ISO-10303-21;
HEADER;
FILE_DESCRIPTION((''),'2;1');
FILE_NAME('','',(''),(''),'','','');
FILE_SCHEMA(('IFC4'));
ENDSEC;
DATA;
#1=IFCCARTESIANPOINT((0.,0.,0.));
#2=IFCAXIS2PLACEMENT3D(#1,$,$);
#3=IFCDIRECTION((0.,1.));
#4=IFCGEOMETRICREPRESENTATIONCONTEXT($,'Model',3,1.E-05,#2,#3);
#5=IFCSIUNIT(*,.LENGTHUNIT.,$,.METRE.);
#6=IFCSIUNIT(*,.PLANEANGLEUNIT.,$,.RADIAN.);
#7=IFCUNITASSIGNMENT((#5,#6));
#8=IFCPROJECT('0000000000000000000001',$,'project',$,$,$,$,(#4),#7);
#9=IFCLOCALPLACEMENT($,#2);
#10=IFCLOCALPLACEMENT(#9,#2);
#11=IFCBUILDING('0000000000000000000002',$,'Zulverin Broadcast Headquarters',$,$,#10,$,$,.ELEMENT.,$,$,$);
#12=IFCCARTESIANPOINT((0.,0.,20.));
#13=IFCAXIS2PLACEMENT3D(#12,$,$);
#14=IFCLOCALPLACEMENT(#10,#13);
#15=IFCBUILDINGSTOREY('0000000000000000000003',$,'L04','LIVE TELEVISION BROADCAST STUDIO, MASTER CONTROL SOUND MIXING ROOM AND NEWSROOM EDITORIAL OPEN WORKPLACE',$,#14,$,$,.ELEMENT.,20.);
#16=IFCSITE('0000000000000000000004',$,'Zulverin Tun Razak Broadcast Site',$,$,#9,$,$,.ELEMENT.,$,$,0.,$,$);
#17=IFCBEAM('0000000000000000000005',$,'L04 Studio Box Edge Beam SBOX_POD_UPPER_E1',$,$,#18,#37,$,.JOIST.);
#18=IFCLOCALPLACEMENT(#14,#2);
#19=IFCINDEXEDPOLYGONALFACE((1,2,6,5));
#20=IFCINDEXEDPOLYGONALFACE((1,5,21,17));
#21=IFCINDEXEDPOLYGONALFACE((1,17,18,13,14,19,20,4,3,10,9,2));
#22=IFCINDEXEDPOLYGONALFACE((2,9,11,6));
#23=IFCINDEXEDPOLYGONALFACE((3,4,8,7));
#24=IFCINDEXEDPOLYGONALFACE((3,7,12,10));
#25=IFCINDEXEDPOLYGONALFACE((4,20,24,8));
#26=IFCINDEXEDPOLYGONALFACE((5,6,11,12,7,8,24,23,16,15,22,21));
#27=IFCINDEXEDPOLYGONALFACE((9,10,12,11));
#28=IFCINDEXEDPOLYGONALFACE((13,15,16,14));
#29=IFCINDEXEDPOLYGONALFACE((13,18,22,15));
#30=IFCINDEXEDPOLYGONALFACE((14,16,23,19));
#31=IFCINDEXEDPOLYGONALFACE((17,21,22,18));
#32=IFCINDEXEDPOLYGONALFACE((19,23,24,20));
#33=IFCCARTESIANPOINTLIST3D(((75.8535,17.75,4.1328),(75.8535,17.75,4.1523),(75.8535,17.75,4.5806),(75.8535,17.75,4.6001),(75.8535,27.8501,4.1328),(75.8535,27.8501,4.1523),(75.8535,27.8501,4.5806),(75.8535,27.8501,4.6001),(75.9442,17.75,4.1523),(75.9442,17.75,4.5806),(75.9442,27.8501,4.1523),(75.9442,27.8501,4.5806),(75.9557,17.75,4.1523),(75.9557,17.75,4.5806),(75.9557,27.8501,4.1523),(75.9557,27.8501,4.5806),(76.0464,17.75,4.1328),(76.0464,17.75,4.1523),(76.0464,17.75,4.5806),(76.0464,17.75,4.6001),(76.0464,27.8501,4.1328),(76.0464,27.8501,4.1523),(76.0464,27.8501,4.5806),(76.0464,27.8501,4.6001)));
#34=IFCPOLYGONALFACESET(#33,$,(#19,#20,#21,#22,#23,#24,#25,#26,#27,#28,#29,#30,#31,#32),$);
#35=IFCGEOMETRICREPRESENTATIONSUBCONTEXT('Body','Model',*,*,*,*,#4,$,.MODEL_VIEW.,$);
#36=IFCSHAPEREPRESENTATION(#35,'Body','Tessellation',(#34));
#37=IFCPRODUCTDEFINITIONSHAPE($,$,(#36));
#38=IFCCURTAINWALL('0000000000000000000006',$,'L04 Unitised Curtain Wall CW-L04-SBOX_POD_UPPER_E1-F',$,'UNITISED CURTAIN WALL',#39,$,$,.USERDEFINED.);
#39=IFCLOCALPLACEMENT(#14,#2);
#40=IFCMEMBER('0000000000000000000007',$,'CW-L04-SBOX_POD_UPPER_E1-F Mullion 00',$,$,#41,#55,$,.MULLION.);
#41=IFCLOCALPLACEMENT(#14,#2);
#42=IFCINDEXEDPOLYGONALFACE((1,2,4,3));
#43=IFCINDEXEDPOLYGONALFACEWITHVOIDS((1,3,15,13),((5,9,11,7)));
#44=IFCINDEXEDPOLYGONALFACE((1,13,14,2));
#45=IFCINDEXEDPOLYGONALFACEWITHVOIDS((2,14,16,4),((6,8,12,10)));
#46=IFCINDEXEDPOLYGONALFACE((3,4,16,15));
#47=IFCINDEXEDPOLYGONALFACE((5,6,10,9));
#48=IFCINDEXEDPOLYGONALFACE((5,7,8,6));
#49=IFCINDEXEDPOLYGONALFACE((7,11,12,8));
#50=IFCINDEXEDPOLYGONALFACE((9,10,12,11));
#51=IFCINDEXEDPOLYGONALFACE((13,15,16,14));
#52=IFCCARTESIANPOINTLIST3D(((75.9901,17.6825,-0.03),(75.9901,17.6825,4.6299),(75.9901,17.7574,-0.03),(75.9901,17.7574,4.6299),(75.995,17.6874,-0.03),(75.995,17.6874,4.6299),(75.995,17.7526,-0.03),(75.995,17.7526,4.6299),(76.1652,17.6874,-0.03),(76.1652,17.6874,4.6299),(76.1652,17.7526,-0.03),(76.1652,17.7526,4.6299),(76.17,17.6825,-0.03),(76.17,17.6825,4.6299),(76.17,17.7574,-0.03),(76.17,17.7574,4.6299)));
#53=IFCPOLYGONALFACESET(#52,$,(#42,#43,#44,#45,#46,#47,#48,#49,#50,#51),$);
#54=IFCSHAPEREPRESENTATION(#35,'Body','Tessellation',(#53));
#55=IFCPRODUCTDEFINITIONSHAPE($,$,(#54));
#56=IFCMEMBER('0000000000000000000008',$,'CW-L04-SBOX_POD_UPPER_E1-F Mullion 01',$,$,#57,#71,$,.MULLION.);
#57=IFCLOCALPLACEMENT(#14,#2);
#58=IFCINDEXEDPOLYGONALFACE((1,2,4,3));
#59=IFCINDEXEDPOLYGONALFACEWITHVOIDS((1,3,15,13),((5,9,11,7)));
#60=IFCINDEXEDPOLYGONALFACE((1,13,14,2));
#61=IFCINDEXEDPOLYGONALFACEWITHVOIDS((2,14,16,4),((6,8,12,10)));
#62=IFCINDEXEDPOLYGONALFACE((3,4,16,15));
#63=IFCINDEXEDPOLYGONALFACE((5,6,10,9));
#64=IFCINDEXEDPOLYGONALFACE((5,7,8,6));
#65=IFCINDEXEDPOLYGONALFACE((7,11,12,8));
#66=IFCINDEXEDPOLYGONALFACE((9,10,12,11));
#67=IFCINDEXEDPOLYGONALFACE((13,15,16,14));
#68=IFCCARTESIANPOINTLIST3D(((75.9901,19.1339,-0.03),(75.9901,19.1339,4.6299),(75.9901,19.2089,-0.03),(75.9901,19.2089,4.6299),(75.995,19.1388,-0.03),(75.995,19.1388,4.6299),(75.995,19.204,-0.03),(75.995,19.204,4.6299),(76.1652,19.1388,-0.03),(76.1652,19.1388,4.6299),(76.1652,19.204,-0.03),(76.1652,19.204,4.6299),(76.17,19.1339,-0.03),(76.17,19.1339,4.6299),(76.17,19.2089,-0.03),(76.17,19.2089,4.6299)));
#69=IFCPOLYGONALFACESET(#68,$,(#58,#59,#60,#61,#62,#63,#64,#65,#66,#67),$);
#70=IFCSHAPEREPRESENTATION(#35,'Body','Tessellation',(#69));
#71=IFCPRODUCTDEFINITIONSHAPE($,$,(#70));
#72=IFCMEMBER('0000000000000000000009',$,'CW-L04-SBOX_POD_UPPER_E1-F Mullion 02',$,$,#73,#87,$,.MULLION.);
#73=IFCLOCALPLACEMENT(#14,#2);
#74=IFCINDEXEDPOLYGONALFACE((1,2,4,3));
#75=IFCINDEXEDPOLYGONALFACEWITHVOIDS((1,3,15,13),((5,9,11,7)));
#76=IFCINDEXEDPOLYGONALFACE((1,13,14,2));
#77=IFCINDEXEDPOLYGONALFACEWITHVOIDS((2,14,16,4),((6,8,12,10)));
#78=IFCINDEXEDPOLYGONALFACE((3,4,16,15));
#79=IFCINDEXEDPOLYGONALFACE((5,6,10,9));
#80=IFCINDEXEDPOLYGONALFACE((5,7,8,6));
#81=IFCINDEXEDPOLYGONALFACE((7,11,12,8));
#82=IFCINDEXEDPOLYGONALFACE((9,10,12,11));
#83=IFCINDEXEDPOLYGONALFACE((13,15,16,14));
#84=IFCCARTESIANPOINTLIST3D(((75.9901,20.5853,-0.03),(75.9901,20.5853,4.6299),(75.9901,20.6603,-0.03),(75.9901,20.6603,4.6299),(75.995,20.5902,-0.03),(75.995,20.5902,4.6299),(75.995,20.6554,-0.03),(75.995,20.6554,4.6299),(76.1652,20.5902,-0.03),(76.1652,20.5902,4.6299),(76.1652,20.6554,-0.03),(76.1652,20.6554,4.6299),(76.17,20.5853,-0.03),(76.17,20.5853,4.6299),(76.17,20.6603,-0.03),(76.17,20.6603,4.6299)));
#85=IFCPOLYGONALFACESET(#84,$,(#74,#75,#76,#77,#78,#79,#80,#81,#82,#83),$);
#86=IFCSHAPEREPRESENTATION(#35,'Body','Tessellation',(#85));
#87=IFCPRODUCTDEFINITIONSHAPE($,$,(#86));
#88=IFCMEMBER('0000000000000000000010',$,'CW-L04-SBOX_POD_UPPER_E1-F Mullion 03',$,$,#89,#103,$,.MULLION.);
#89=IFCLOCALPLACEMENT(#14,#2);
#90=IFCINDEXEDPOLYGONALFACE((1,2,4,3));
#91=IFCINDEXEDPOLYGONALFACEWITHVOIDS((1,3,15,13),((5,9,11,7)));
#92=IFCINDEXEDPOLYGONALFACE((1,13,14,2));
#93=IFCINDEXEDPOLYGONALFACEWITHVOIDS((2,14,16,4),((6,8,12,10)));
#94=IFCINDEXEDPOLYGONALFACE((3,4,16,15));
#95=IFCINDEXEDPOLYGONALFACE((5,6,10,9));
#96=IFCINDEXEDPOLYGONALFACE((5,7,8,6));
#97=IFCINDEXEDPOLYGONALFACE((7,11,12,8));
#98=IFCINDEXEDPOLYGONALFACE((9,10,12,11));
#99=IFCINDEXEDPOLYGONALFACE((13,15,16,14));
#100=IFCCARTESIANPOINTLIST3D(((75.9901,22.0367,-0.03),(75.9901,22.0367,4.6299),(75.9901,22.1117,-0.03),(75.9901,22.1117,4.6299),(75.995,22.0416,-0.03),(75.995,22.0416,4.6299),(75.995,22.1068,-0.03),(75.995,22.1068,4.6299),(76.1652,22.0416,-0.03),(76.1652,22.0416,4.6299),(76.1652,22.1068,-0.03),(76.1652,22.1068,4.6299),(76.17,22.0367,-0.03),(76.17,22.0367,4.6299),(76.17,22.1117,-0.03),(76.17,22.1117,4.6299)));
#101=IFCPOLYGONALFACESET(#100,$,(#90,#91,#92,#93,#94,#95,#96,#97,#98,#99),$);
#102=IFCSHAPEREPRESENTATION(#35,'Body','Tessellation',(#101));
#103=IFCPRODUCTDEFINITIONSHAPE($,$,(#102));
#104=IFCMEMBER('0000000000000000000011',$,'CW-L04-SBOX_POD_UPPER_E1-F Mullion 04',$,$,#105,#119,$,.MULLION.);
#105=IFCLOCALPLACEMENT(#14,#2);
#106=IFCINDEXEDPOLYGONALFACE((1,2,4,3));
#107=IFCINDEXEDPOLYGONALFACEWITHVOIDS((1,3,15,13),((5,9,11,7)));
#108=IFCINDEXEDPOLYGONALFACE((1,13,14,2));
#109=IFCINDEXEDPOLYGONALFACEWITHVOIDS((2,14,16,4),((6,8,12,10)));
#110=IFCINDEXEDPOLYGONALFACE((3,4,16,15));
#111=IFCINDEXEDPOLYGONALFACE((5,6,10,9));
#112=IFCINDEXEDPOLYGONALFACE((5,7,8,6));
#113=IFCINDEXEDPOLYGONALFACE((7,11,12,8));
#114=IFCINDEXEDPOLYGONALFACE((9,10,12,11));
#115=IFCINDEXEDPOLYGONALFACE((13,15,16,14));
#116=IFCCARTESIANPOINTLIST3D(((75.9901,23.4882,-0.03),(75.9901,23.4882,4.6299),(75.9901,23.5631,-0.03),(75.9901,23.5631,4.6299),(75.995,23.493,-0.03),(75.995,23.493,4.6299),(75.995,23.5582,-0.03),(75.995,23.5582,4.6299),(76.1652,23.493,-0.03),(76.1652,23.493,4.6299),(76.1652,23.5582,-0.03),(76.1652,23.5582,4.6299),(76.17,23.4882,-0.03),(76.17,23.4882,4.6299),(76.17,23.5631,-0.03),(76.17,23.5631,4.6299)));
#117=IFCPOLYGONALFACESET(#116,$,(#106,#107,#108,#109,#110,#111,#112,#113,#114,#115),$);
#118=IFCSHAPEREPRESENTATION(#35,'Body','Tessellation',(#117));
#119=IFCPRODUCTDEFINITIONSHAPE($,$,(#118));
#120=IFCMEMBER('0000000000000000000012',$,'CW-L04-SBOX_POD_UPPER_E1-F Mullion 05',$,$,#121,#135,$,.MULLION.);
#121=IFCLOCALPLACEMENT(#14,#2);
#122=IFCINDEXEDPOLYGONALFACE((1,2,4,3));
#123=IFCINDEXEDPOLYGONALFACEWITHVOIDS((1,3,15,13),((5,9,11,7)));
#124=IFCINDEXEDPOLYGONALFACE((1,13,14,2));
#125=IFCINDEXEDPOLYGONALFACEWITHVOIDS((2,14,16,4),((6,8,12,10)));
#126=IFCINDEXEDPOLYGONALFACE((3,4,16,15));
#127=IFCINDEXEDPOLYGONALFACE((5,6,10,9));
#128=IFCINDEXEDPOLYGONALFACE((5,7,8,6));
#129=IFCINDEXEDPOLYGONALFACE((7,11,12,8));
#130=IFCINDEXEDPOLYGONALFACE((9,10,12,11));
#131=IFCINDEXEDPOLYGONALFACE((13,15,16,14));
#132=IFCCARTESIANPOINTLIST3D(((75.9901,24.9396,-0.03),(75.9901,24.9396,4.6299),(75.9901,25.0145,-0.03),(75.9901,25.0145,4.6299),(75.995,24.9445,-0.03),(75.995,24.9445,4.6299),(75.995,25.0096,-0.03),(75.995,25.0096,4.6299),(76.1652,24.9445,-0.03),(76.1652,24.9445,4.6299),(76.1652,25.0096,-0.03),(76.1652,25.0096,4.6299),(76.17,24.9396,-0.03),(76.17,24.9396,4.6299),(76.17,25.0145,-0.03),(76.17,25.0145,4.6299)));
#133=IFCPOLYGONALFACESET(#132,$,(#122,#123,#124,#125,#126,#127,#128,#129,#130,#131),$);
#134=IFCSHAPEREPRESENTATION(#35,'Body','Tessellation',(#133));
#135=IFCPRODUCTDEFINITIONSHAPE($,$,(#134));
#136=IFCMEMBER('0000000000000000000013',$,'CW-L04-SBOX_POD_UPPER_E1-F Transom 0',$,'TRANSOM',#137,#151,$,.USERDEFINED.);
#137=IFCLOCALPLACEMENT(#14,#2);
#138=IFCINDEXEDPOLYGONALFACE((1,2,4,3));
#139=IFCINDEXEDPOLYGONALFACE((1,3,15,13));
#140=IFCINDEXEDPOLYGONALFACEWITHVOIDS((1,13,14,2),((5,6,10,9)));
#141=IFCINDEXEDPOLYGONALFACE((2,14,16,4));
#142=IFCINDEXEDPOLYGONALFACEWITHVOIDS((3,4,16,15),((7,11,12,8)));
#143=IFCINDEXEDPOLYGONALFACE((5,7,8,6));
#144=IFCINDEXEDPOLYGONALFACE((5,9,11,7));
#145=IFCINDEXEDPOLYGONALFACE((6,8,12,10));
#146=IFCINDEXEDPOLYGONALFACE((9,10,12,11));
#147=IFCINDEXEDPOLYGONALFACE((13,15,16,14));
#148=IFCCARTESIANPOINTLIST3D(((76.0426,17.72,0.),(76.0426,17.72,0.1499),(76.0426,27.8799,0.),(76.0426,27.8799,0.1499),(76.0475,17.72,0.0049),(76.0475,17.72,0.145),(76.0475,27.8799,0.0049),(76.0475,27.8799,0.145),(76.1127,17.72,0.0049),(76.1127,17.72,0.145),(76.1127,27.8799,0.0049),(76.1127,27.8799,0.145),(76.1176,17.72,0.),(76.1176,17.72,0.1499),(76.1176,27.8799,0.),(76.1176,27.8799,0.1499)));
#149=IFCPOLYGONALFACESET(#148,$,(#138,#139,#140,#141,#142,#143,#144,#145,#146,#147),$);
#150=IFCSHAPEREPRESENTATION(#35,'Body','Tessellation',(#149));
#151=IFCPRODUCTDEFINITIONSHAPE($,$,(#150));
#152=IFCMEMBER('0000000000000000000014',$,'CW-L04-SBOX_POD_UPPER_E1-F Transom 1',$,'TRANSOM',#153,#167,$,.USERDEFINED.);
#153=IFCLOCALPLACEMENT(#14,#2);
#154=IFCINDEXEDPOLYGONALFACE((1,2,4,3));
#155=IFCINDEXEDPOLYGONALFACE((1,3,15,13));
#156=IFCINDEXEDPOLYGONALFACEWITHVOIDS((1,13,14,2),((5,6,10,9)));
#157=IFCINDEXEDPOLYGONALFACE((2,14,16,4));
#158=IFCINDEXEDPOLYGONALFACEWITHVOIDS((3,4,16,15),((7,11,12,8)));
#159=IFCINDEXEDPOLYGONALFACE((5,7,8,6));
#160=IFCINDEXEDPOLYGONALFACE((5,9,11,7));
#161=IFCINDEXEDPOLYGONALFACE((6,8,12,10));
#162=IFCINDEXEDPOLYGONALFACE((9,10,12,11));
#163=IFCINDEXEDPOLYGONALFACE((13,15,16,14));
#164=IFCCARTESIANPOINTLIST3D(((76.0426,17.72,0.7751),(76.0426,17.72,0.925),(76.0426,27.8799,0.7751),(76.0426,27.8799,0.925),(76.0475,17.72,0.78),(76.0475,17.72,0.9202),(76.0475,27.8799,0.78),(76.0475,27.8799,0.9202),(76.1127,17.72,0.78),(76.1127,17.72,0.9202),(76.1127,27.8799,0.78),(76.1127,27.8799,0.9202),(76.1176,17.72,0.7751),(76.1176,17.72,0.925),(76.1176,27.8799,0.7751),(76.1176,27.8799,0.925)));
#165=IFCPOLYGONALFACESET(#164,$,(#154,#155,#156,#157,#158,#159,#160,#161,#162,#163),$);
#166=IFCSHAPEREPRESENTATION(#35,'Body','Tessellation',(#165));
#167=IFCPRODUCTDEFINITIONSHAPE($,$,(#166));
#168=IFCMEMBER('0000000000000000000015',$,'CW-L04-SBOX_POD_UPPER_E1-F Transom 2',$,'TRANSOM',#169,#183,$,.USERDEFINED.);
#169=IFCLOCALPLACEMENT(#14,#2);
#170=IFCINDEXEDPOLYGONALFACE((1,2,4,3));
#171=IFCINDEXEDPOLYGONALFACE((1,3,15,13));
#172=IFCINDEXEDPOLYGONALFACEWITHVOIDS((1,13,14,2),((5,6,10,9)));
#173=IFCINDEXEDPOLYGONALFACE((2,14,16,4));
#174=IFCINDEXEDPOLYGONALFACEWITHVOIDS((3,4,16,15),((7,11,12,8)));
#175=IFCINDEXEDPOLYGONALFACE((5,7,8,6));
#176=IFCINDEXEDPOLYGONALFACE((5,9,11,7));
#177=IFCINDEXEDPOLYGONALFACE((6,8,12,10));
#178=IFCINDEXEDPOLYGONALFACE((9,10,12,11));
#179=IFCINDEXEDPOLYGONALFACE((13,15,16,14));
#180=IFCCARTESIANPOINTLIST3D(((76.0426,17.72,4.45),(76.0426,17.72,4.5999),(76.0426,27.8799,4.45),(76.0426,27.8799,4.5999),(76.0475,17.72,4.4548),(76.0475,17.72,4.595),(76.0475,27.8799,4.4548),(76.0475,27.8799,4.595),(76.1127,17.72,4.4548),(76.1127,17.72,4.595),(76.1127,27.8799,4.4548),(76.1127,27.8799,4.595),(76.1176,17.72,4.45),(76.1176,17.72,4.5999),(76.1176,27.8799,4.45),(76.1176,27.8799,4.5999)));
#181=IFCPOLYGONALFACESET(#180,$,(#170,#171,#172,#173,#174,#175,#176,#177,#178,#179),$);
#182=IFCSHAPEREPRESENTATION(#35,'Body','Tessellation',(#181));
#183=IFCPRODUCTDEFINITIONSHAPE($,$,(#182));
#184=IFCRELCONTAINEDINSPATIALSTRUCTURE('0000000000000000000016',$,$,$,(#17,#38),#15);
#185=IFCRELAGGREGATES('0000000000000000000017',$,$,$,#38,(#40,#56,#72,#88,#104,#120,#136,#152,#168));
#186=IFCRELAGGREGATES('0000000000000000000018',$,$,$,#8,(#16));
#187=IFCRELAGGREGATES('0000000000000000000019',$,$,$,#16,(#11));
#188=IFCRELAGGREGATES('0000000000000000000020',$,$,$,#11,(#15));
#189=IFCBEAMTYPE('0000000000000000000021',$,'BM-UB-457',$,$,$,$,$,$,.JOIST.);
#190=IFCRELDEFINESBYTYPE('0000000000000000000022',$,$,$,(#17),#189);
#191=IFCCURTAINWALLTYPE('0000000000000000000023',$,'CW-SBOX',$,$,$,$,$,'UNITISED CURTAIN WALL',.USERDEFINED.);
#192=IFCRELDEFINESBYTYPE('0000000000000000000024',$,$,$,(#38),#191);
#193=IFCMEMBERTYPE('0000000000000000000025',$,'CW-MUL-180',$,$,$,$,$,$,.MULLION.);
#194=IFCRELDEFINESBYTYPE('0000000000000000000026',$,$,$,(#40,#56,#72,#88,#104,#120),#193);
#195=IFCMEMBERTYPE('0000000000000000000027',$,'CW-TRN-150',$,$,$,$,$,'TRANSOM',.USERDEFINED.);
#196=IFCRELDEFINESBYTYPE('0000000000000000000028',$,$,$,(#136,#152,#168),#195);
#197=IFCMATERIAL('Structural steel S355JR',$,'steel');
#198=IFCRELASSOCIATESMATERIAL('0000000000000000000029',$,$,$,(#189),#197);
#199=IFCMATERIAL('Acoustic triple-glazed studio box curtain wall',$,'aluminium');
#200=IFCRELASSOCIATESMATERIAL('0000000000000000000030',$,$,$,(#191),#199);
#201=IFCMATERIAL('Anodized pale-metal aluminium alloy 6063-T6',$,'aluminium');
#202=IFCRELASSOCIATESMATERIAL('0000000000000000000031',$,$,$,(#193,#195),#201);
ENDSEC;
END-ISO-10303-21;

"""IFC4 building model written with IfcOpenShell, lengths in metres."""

from ifc_helpers import new_model, si_unit, direction, frame, origin, origin_2d, place, context, subcontext, project, spatial, hollow_rectangle, i_section, extrude, material, material_profile, profile_set, type_object, element, aggregate, save


model = new_model("IFC4")

# Units and contexts
model_context = context("Model", 3, precision=1e-05, world=origin(), true_north=direction((0.0, 1.0)))
body_context = subcontext(model_context, "Body", "Model", "MODEL_VIEW")
ifc_project = project(units=[si_unit("LENGTHUNIT", "METRE"), si_unit("PLANEANGLEUNIT", "RADIAN")], contexts=[model_context])

# Site, building, storey
site_placement = place(None, origin())
site = spatial("IfcSite", under=ifc_project, at=site_placement, Name="Zulverin Tun Razak Broadcast Site", CompositionType="ELEMENT", RefElevation=0.0)
building_placement = place(site_placement, origin())
building = spatial("IfcBuilding", under=site, at=building_placement, Name="Zulverin Broadcast Headquarters", CompositionType="ELEMENT")
storey_placement = place(building_placement, frame((0.0, 0.0, 20.0)))
storey = spatial("IfcBuildingStorey", under=building, at=storey_placement, Name="L04", Description="LIVE TELEVISION BROADCAST STUDIO, MASTER CONTROL SOUND MIXING ROOM AND NEWSROOM EDITORIAL OPEN WORKPLACE", CompositionType="ELEMENT", Elevation=20.0)

# Beam
ifc_material_1 = material(Name="Structural steel S355JR", Category="steel")
ifc_material_profile_1 = material_profile(ifc_material_1, i_section(OverallWidth=0.1929, OverallDepth=0.4673, WebThickness=0.0115, FlangeThickness=0.0195, at=origin_2d()), Name="Structural steel S355JR", Category="steel")
ifc_profile_set_1 = profile_set([ifc_material_profile_1], Name="Structural steel S355JR")
beam_type = type_object("IfcBeamType", Name="BM-UB-457", PredefinedType="JOIST", material=ifc_profile_set_1)
beam_placement = place(storey_placement, frame((75.95, 17.75, 4.3665), z_axis=(0.0, 1.0, 0.0), x_axis=(-1.0, 0.0, 0.0)))
element("IfcBeam", 1, at=beam_placement, inside=storey, type_object=beam_type, Name="L04 Studio Box Edge Beam SBOX_POD_UPPER_E1", PredefinedType="JOIST", context=body_context, shape_type="SweptSolid", body=[
    extrude(i_section(OverallWidth=0.1929, OverallDepth=0.4673, WebThickness=0.0115, FlangeThickness=0.0195, at=origin_2d()), origin(), (0.0, 0.0, 1.0), 10.1001),
])

# Curtain wall, members
ifc_material_2 = material(Name="Acoustic triple-glazed studio box curtain wall", Category="aluminium")
curtain_wall_type = type_object("IfcCurtainWallType", Name="CW-SBOX", ElementType="UNITISED CURTAIN WALL", PredefinedType="USERDEFINED", material=ifc_material_2)
curtain_wall_placement = place(storey_placement, origin())
curtain_wall = element("IfcCurtainWall", 2, at=curtain_wall_placement, inside=storey, type_object=curtain_wall_type, Name="L04 Unitised Curtain Wall CW-L04-SBOX_POD_UPPER_E1-F", ObjectType="UNITISED CURTAIN WALL", PredefinedType="USERDEFINED")
ifc_material_3 = material(Name="Anodized pale-metal aluminium alloy 6063-T6", Category="aluminium")
ifc_material_profile_2 = material_profile(ifc_material_3, hollow_rectangle(XDim=0.075, YDim=0.1799, WallThickness=0.0049, at=origin_2d()), Name="Anodized pale-metal aluminium alloy 6063-T6", Category="aluminium")
ifc_profile_set_2 = profile_set([ifc_material_profile_2], Name="Anodized pale-metal aluminium alloy 6063-T6")
member_type_1 = type_object("IfcMemberType", Name="CW-MUL-180", PredefinedType="MULLION", material=ifc_profile_set_2)
member_1_placement = place(storey_placement, frame((76.0801, 17.72, -0.03), z_axis=(0.0, 0.0, 1.0), x_axis=(0.0, 1.0, 0.0)))
member_1 = element("IfcMember", 3, at=member_1_placement, type_object=member_type_1, Name="CW-L04-SBOX_POD_UPPER_E1-F Mullion 00", PredefinedType="MULLION", context=body_context, shape_type="SweptSolid", body=[
    extrude(hollow_rectangle(XDim=0.075, YDim=0.1799, WallThickness=0.0049, at=origin_2d()), origin(), (0.0, 0.0, 1.0), 4.6599),
])
member_2_placement = place(storey_placement, frame((76.0801, 19.1714, -0.03), z_axis=(0.0, 0.0, 1.0), x_axis=(0.0, 1.0, 0.0)))
member_2 = element("IfcMember", 4, at=member_2_placement, type_object=member_type_1, Name="CW-L04-SBOX_POD_UPPER_E1-F Mullion 01", PredefinedType="MULLION", context=body_context, shape_type="SweptSolid", body=[
    extrude(hollow_rectangle(XDim=0.075, YDim=0.1799, WallThickness=0.0049, at=origin_2d()), origin(), (0.0, 0.0, 1.0), 4.6599),
])
member_3_placement = place(storey_placement, frame((76.0801, 20.6228, -0.03), z_axis=(0.0, 0.0, 1.0), x_axis=(0.0, 1.0, 0.0)))
member_3 = element("IfcMember", 5, at=member_3_placement, type_object=member_type_1, Name="CW-L04-SBOX_POD_UPPER_E1-F Mullion 02", PredefinedType="MULLION", context=body_context, shape_type="SweptSolid", body=[
    extrude(hollow_rectangle(XDim=0.075, YDim=0.1799, WallThickness=0.0049, at=origin_2d()), origin(), (0.0, 0.0, 1.0), 4.6599),
])
member_4_placement = place(storey_placement, frame((76.0801, 22.0742, -0.03), z_axis=(0.0, 0.0, 1.0), x_axis=(0.0, 1.0, 0.0)))
member_4 = element("IfcMember", 6, at=member_4_placement, type_object=member_type_1, Name="CW-L04-SBOX_POD_UPPER_E1-F Mullion 03", PredefinedType="MULLION", context=body_context, shape_type="SweptSolid", body=[
    extrude(hollow_rectangle(XDim=0.075, YDim=0.1799, WallThickness=0.0049, at=origin_2d()), origin(), (0.0, 0.0, 1.0), 4.6599),
])
member_5_placement = place(storey_placement, frame((76.0801, 23.5256, -0.03), z_axis=(0.0, 0.0, 1.0), x_axis=(0.0, 1.0, 0.0)))
member_5 = element("IfcMember", 7, at=member_5_placement, type_object=member_type_1, Name="CW-L04-SBOX_POD_UPPER_E1-F Mullion 04", PredefinedType="MULLION", context=body_context, shape_type="SweptSolid", body=[
    extrude(hollow_rectangle(XDim=0.075, YDim=0.1799, WallThickness=0.0049, at=origin_2d()), origin(), (0.0, 0.0, 1.0), 4.6599),
])
member_6_placement = place(storey_placement, frame((76.0801, 24.9771, -0.03), z_axis=(0.0, 0.0, 1.0), x_axis=(0.0, 1.0, 0.0)))
member_6 = element("IfcMember", 8, at=member_6_placement, type_object=member_type_1, Name="CW-L04-SBOX_POD_UPPER_E1-F Mullion 05", PredefinedType="MULLION", context=body_context, shape_type="SweptSolid", body=[
    extrude(hollow_rectangle(XDim=0.075, YDim=0.1799, WallThickness=0.0049, at=origin_2d()), origin(), (0.0, 0.0, 1.0), 4.6599),
])
ifc_material_profile_3 = material_profile(ifc_material_3, hollow_rectangle(XDim=0.075, YDim=0.1499, WallThickness=0.0049, at=origin_2d()), Name="Anodized pale-metal aluminium alloy 6063-T6", Category="aluminium")
ifc_profile_set_3 = profile_set([ifc_material_profile_3], Name="Anodized pale-metal aluminium alloy 6063-T6")
member_type_2 = type_object("IfcMemberType", Name="CW-TRN-150", ElementType="TRANSOM", PredefinedType="USERDEFINED", material=ifc_profile_set_3)
member_7_placement = place(storey_placement, frame((76.0801, 17.72, 0.075), z_axis=(0.0, 1.0, 0.0), x_axis=(-1.0, 0.0, 0.0)))
member_7 = element("IfcMember", 9, at=member_7_placement, type_object=member_type_2, Name="CW-L04-SBOX_POD_UPPER_E1-F Transom 0", ObjectType="TRANSOM", PredefinedType="USERDEFINED", context=body_context, shape_type="SweptSolid", body=[
    extrude(hollow_rectangle(XDim=0.075, YDim=0.1499, WallThickness=0.0049, at=origin_2d()), origin(), (0.0, 0.0, 1.0), 10.1599),
])
member_8_placement = place(storey_placement, frame((76.0801, 17.72, 0.8501), z_axis=(0.0, 1.0, 0.0), x_axis=(-1.0, 0.0, 0.0)))
member_8 = element("IfcMember", 10, at=member_8_placement, type_object=member_type_2, Name="CW-L04-SBOX_POD_UPPER_E1-F Transom 1", ObjectType="TRANSOM", PredefinedType="USERDEFINED", context=body_context, shape_type="SweptSolid", body=[
    extrude(hollow_rectangle(XDim=0.075, YDim=0.1499, WallThickness=0.0049, at=origin_2d()), origin(), (0.0, 0.0, 1.0), 10.1599),
])
member_9_placement = place(storey_placement, frame((76.0801, 17.72, 4.5249), z_axis=(0.0, 1.0, 0.0), x_axis=(-1.0, 0.0, 0.0)))
member_9 = element("IfcMember", 11, at=member_9_placement, type_object=member_type_2, Name="CW-L04-SBOX_POD_UPPER_E1-F Transom 2", ObjectType="TRANSOM", PredefinedType="USERDEFINED", context=body_context, shape_type="SweptSolid", body=[
    extrude(hollow_rectangle(XDim=0.075, YDim=0.1499, WallThickness=0.0049, at=origin_2d()), origin(), (0.0, 0.0, 1.0), 10.1599),
])

aggregate(curtain_wall, [member_1, member_2, member_3, member_4, member_5, member_6, member_7, member_8, member_9])

save(model, "model.ifc")
